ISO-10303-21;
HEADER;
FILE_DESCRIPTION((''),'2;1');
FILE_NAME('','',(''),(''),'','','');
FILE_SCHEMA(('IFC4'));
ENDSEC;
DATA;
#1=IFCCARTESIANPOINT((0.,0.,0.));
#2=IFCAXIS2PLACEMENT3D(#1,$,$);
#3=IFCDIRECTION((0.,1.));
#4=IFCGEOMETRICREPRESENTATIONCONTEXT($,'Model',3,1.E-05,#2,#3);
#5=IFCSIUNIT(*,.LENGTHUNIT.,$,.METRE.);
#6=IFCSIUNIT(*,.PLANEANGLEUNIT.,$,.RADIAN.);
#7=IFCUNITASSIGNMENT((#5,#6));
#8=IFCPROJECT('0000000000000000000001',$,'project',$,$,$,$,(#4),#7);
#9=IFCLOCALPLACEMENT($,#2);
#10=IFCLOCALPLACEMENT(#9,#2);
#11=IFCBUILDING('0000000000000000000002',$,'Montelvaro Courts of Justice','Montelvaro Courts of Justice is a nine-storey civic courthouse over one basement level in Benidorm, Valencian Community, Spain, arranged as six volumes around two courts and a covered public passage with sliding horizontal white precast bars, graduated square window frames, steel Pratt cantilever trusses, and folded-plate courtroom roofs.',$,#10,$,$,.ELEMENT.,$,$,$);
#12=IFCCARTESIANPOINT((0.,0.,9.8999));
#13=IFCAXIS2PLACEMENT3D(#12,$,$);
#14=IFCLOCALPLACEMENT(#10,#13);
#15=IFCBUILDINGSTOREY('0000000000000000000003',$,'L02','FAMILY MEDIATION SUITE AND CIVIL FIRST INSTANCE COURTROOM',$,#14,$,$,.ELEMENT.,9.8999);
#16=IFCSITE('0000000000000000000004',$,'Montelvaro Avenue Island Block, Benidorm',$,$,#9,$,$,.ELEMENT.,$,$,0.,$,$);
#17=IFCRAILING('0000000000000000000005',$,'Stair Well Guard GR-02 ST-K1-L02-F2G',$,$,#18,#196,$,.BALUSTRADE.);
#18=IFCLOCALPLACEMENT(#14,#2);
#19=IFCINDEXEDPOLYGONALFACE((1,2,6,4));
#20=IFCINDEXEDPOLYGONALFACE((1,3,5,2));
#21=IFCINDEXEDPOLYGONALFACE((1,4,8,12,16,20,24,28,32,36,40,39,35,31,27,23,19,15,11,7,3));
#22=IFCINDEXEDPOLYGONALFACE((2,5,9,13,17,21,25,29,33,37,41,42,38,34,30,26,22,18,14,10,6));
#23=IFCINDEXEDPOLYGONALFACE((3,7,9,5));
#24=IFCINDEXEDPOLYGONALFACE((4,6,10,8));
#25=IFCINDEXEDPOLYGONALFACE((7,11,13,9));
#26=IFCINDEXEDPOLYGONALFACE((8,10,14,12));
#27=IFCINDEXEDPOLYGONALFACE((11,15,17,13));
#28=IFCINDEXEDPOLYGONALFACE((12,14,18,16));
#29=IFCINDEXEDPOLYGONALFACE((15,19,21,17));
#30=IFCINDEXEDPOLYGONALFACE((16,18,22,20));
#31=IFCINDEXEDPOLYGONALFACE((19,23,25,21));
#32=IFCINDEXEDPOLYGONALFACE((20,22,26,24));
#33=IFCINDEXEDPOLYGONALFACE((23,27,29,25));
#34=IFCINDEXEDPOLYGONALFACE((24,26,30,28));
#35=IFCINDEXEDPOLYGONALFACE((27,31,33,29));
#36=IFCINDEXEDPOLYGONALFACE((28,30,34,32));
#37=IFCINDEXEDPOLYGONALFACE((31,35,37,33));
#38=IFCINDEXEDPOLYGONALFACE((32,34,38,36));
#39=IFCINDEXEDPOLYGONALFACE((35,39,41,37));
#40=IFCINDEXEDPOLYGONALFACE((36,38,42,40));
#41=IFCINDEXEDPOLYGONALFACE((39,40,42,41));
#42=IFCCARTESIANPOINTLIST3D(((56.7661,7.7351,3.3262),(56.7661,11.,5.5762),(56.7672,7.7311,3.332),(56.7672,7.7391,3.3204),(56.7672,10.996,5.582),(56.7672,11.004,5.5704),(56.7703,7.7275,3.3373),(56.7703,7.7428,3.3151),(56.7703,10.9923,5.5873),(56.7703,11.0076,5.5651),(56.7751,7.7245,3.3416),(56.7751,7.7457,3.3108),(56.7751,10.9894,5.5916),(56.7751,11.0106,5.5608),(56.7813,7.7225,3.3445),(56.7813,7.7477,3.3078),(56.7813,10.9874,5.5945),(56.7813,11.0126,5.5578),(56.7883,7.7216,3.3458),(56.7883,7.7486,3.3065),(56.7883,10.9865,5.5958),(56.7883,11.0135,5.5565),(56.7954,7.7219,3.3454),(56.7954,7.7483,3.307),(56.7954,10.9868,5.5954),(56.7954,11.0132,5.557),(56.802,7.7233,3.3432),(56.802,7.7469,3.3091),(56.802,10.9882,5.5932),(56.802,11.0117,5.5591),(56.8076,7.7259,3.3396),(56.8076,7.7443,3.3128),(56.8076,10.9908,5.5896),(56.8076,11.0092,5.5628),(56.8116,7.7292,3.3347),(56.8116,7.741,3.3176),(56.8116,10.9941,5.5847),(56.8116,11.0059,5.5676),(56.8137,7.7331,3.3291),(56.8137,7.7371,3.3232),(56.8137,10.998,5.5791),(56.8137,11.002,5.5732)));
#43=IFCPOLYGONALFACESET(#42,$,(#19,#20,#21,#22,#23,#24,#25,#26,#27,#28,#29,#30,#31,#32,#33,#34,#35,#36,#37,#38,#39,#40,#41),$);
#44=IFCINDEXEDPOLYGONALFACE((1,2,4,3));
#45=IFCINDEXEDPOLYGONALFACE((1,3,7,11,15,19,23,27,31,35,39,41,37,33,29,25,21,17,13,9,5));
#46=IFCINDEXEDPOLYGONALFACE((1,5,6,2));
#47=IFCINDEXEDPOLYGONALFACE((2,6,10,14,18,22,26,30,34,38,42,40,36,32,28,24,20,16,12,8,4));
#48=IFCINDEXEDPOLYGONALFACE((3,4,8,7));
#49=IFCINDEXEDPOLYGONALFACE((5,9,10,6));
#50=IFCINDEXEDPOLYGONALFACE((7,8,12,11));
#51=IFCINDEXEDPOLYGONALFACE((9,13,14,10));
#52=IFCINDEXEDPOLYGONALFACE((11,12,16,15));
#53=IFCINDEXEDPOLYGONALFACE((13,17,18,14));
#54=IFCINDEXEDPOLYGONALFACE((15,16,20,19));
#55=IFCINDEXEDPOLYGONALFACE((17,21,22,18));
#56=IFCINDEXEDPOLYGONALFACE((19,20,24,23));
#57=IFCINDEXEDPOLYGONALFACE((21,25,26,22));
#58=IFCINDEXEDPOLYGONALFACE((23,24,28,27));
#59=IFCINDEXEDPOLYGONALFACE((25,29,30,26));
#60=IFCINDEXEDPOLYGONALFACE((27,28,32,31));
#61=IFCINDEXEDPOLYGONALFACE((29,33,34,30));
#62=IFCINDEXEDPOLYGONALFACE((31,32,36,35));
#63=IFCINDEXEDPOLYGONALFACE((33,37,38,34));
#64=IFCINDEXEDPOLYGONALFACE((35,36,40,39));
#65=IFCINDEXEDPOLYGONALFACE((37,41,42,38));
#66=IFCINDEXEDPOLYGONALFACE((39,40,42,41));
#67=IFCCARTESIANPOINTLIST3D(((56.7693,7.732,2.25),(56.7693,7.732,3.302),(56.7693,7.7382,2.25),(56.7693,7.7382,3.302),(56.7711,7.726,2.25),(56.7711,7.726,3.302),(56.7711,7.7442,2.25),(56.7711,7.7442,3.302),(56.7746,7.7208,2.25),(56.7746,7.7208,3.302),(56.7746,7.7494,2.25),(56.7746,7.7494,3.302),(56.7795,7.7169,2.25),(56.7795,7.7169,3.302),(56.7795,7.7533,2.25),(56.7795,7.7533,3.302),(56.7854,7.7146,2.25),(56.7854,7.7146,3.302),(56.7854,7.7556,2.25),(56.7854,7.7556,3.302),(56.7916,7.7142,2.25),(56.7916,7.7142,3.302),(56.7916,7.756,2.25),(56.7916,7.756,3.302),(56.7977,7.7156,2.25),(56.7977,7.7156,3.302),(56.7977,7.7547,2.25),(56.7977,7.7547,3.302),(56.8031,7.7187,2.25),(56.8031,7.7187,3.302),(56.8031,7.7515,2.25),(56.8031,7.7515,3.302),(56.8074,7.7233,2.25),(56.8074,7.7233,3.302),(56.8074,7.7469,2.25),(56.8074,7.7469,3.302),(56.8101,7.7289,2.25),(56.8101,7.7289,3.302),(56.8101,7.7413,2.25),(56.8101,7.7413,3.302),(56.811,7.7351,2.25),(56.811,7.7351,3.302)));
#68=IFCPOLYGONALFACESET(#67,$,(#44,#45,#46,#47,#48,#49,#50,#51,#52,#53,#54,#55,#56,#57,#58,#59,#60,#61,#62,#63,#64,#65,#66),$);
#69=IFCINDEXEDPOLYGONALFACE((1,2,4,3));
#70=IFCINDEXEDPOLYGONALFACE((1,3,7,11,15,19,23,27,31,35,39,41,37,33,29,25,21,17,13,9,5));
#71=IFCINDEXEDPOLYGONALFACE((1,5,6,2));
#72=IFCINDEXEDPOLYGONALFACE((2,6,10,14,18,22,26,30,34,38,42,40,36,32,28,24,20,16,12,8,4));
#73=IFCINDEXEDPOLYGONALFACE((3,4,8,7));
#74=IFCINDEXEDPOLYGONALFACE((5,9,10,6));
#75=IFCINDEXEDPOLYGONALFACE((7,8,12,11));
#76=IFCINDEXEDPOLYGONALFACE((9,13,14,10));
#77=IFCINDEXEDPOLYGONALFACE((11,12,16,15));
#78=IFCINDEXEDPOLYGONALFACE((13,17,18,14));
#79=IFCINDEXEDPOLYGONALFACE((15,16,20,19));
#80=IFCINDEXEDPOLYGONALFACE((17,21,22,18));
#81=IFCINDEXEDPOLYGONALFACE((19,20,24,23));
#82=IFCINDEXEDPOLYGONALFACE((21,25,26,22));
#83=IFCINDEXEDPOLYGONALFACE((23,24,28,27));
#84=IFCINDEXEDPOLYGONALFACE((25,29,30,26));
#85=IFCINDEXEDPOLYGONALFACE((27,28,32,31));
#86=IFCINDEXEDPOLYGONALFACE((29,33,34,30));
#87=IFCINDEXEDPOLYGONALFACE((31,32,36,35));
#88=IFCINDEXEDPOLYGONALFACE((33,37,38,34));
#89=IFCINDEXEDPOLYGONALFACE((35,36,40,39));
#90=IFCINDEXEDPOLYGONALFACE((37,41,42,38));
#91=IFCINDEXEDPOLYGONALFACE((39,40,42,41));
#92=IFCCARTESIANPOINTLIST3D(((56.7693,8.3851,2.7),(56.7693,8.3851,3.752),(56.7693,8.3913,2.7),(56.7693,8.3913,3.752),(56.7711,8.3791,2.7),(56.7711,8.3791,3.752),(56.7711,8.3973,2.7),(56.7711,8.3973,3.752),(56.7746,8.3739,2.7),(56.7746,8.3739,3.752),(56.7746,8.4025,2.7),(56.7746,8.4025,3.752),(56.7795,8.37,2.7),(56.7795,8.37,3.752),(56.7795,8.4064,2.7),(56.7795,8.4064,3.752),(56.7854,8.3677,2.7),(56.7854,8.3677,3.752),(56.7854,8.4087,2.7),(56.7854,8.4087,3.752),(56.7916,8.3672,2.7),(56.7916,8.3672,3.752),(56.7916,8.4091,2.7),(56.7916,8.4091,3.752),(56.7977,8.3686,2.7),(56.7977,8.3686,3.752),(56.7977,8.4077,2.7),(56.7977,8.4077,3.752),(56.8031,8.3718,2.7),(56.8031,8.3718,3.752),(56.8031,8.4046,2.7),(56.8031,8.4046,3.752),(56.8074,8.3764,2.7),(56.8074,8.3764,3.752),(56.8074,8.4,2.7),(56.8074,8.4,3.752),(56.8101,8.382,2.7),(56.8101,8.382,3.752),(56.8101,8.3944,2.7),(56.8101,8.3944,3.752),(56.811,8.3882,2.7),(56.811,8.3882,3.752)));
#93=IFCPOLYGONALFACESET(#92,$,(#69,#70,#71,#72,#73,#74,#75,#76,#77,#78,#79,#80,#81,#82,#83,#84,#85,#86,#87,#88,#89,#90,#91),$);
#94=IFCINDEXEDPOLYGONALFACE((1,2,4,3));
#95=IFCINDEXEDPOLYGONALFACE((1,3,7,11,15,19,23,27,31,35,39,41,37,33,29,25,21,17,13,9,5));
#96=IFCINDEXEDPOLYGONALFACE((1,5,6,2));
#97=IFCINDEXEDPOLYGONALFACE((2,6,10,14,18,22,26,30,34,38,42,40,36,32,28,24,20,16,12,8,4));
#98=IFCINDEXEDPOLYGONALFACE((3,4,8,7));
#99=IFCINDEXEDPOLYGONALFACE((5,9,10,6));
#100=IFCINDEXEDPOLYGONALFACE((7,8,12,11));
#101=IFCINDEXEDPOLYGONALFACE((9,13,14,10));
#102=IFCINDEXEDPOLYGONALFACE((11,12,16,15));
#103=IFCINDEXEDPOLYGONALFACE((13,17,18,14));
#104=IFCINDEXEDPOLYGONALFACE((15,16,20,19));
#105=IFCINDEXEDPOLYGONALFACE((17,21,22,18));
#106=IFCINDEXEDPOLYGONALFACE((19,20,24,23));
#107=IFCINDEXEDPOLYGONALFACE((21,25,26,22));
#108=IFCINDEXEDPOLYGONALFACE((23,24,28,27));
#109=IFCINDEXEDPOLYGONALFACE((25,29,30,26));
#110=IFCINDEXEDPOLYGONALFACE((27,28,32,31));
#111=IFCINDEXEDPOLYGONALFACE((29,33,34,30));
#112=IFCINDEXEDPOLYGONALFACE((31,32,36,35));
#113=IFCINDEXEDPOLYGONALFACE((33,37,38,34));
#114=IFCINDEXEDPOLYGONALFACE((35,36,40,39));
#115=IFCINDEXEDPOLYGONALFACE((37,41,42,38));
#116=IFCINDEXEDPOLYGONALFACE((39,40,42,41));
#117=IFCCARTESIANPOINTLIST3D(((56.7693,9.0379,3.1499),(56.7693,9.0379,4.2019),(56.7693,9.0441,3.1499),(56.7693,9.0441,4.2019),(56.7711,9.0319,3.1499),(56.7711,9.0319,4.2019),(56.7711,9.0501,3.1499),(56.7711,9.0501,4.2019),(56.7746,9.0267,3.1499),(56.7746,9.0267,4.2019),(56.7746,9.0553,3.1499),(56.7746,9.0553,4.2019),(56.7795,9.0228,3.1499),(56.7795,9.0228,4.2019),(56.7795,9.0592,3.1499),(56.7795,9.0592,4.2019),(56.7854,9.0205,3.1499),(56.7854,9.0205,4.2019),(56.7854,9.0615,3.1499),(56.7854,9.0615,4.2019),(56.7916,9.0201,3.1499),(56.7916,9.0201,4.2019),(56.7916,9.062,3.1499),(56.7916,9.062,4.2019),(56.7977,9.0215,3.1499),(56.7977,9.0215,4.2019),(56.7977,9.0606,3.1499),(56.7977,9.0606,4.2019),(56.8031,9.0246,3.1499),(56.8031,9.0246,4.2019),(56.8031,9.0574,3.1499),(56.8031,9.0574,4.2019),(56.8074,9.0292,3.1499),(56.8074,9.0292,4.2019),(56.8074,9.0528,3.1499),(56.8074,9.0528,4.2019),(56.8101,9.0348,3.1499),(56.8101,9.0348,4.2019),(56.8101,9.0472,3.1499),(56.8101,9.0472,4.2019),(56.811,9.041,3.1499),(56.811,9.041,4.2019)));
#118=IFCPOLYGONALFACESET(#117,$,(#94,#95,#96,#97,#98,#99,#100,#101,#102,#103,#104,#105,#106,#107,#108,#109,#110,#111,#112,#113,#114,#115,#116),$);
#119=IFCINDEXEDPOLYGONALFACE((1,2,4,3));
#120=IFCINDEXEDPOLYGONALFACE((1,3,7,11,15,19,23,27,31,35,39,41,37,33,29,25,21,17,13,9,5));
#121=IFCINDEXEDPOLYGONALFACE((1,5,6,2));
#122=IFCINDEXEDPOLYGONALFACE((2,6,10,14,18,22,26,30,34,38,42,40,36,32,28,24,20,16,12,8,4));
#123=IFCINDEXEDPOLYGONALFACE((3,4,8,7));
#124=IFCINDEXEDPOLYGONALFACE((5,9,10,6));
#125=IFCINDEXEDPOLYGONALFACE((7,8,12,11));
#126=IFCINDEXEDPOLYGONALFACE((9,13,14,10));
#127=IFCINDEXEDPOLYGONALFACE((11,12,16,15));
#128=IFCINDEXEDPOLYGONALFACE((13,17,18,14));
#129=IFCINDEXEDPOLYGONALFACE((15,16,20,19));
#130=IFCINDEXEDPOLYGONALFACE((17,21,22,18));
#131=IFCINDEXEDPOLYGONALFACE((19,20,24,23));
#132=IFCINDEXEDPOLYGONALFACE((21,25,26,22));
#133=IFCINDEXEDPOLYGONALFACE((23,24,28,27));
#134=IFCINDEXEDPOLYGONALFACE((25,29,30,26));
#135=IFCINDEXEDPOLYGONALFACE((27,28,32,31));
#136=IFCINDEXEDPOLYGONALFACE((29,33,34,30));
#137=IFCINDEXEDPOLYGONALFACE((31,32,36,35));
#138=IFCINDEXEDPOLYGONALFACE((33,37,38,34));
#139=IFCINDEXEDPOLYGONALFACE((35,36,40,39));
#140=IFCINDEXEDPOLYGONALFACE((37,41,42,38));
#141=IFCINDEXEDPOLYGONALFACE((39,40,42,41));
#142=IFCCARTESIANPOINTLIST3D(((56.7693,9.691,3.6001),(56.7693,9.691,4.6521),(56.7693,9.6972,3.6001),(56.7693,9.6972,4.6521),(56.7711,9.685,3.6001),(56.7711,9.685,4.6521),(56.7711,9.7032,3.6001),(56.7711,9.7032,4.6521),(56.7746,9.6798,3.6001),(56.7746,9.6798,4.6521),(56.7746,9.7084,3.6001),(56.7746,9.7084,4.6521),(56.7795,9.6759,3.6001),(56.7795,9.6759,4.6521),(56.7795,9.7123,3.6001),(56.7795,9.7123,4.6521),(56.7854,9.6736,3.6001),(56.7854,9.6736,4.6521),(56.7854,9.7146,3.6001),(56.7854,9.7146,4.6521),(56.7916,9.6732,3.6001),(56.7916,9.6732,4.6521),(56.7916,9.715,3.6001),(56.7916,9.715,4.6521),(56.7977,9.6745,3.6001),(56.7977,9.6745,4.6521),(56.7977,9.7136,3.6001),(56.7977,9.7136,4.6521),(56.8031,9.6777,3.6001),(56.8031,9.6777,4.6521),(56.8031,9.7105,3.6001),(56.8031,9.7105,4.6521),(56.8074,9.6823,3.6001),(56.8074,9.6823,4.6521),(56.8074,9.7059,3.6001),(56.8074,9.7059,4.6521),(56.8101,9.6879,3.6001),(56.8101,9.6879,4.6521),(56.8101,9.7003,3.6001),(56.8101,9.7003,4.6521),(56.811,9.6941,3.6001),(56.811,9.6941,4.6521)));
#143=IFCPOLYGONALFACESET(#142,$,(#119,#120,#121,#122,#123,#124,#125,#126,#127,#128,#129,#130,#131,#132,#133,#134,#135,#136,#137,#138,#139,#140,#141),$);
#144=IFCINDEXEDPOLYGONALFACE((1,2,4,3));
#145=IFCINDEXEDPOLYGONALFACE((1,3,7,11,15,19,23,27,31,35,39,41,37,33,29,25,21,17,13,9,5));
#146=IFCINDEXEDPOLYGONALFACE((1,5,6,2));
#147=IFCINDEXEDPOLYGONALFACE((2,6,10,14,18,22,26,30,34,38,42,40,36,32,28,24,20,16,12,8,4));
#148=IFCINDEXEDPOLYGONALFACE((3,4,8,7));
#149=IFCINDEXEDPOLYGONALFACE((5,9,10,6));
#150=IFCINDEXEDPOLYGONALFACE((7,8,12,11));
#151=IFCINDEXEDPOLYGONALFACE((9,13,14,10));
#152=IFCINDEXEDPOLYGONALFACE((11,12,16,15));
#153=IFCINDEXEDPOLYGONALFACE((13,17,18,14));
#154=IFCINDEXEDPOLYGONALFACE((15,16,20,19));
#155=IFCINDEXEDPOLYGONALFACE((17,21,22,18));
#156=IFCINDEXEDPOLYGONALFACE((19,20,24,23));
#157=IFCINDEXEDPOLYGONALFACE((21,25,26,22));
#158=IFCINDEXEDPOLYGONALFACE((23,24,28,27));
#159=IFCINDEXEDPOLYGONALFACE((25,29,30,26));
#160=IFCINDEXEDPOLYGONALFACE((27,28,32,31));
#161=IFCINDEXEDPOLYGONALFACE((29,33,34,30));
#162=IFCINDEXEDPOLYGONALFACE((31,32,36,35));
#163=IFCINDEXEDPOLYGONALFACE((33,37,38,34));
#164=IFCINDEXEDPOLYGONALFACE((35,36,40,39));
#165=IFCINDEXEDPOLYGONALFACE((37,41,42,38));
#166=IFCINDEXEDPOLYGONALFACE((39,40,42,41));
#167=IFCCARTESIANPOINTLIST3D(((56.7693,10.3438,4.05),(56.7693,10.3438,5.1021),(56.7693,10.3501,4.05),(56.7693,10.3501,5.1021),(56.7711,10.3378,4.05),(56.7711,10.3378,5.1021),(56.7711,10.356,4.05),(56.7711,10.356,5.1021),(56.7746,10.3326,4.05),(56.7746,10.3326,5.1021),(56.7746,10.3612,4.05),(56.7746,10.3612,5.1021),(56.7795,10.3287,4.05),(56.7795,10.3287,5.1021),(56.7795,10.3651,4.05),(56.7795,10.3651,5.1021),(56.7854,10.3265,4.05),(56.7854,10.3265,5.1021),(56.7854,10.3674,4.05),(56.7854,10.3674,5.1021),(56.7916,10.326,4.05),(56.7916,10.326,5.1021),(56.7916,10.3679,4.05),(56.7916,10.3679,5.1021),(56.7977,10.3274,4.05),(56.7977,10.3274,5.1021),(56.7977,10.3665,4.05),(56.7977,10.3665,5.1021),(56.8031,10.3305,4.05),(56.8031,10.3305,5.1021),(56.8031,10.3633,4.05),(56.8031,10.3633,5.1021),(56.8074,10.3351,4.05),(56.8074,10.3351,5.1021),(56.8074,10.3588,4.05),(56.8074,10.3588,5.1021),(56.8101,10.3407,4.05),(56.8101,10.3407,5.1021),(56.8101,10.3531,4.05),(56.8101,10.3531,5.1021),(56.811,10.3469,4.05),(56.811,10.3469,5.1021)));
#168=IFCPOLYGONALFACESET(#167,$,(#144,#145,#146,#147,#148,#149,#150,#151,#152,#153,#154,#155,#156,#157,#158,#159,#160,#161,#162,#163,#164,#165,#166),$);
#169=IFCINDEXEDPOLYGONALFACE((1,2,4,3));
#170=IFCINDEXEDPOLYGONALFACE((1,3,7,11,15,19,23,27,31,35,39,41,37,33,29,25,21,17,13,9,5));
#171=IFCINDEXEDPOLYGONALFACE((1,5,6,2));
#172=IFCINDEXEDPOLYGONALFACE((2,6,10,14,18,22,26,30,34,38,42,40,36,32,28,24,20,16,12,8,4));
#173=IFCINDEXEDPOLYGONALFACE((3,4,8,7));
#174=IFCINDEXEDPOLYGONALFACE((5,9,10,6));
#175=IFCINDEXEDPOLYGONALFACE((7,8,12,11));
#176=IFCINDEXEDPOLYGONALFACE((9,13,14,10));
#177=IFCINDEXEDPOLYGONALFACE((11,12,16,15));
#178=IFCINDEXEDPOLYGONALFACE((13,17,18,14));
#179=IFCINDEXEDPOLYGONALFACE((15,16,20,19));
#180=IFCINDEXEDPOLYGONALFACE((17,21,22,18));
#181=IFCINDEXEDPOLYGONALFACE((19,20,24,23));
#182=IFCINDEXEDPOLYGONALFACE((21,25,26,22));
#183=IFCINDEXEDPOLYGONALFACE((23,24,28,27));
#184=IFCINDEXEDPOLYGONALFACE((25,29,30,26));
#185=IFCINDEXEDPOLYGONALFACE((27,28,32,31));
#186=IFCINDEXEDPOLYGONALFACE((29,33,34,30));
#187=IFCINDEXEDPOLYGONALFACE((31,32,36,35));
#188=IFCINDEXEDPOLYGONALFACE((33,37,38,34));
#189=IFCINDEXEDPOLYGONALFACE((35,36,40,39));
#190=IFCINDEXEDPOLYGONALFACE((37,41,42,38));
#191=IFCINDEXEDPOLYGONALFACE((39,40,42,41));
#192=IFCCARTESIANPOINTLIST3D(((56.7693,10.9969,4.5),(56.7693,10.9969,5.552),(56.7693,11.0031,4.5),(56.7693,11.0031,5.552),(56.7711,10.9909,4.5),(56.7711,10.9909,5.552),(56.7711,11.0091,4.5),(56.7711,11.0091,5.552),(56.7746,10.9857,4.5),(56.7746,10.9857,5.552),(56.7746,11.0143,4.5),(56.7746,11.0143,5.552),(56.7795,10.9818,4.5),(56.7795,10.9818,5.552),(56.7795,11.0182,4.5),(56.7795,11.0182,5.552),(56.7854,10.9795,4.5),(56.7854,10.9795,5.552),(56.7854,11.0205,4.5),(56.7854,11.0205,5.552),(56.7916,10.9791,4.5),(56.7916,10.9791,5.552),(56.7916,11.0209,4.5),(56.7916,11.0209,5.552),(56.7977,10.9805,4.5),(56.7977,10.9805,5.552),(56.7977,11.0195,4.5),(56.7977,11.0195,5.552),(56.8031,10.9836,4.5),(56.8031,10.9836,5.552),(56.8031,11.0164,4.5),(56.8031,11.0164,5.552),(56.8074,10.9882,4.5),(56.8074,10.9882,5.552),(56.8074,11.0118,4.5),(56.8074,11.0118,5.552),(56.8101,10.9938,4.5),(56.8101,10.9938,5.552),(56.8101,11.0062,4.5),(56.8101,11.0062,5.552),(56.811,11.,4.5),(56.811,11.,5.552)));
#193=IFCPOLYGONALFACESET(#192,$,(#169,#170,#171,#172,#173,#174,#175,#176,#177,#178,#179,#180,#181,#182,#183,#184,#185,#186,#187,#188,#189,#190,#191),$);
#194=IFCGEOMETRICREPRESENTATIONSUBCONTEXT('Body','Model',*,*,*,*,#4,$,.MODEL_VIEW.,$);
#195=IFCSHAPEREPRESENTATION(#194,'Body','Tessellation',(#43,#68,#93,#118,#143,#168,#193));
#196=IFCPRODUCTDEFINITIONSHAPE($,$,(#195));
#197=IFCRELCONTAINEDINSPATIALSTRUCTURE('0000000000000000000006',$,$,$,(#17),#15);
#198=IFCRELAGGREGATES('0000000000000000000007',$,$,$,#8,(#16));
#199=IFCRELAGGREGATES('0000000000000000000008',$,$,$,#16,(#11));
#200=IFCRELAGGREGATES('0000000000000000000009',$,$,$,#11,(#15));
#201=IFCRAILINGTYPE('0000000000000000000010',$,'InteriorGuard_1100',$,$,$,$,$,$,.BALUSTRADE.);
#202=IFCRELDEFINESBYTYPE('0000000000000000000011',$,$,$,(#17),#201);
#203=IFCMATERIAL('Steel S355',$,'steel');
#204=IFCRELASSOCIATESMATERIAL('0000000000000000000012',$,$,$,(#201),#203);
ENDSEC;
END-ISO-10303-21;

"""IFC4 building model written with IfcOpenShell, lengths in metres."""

from ifc_helpers import new_model, si_unit, direction, frame, origin, origin_2d, place, context, subcontext, project, spatial, circle, extrude, material, type_object, element, save


model = new_model("IFC4")

# Units and contexts
model_context = context("Model", 3, precision=1e-05, world=origin(), true_north=direction((0.0, 1.0)))
body_context = subcontext(model_context, "Body", "Model", "MODEL_VIEW")
ifc_project = project(units=[si_unit("LENGTHUNIT", "METRE"), si_unit("PLANEANGLEUNIT", "RADIAN")], contexts=[model_context])

# Site, building, storey
site_placement = place(None, origin())
site = spatial("IfcSite", under=ifc_project, at=site_placement, Name="Montelvaro Avenue Island Block, Benidorm", CompositionType="ELEMENT", RefElevation=0.0)
building_placement = place(site_placement, origin())
building = spatial("IfcBuilding", under=site, at=building_placement, Name="Montelvaro Courts of Justice", Description="Montelvaro Courts of Justice is a nine-storey civic courthouse over one basement level in Benidorm, Valencian Community, Spain, arranged as six volumes around two courts and a covered public passage with sliding horizontal white precast bars, graduated square window frames, steel Pratt cantilever trusses, and folded-plate courtroom roofs.", CompositionType="ELEMENT")
storey_placement = place(building_placement, frame((0.0, 0.0, 9.8999)))
storey = spatial("IfcBuildingStorey", under=building, at=storey_placement, Name="L02", Description="FAMILY MEDIATION SUITE AND CIVIL FIRST INSTANCE COURTROOM", CompositionType="ELEMENT", Elevation=9.8999)

# Shared definitions
ifc_material_1 = material(Name="Steel S355", Category="steel")

# Railing
railing_type_1 = type_object("IfcRailingType", Name="InteriorGuard_1100", PredefinedType="BALUSTRADE", material=ifc_material_1)
railing_1_placement = place(storey_placement, frame((56.79, 7.7351, 2.25)))
element("IfcRailing", 1, at=railing_1_placement, inside=storey, type_object=railing_type_1, Name="Stair Well Guard GR-02 ST-K1-L02-F2G", PredefinedType="BALUSTRADE", context=body_context, shape_type="SweptSolid", body=[
    extrude(circle(Radius=0.0239, at=origin_2d()), frame((0.0, 0.0, 1.0762), z_axis=(0.0, 0.823407, 0.567451), x_axis=(-1.0, 0.0, 0.0)), (0.0, 0.0, 1.0), 3.9651),
    extrude(circle(Radius=0.021, at=origin_2d()), origin(), (0.0, 0.0, 1.0), 1.052),
    extrude(circle(Radius=0.021, at=origin_2d()), frame((0.0, 0.6531, 0.45)), (0.0, 0.0, 1.0), 1.052),
    extrude(circle(Radius=0.021, at=origin_2d()), frame((0.0, 1.3059, 0.8999)), (0.0, 0.0, 1.0), 1.052),
    extrude(circle(Radius=0.021, at=origin_2d()), frame((0.0, 1.959, 1.3501)), (0.0, 0.0, 1.0), 1.052),
    extrude(circle(Radius=0.021, at=origin_2d()), frame((0.0, 2.6118, 1.8)), (0.0, 0.0, 1.0), 1.052),
    extrude(circle(Radius=0.021, at=origin_2d()), frame((0.0, 3.2649, 2.25)), (0.0, 0.0, 1.0), 1.052),
])

save(model, "model.ifc")
